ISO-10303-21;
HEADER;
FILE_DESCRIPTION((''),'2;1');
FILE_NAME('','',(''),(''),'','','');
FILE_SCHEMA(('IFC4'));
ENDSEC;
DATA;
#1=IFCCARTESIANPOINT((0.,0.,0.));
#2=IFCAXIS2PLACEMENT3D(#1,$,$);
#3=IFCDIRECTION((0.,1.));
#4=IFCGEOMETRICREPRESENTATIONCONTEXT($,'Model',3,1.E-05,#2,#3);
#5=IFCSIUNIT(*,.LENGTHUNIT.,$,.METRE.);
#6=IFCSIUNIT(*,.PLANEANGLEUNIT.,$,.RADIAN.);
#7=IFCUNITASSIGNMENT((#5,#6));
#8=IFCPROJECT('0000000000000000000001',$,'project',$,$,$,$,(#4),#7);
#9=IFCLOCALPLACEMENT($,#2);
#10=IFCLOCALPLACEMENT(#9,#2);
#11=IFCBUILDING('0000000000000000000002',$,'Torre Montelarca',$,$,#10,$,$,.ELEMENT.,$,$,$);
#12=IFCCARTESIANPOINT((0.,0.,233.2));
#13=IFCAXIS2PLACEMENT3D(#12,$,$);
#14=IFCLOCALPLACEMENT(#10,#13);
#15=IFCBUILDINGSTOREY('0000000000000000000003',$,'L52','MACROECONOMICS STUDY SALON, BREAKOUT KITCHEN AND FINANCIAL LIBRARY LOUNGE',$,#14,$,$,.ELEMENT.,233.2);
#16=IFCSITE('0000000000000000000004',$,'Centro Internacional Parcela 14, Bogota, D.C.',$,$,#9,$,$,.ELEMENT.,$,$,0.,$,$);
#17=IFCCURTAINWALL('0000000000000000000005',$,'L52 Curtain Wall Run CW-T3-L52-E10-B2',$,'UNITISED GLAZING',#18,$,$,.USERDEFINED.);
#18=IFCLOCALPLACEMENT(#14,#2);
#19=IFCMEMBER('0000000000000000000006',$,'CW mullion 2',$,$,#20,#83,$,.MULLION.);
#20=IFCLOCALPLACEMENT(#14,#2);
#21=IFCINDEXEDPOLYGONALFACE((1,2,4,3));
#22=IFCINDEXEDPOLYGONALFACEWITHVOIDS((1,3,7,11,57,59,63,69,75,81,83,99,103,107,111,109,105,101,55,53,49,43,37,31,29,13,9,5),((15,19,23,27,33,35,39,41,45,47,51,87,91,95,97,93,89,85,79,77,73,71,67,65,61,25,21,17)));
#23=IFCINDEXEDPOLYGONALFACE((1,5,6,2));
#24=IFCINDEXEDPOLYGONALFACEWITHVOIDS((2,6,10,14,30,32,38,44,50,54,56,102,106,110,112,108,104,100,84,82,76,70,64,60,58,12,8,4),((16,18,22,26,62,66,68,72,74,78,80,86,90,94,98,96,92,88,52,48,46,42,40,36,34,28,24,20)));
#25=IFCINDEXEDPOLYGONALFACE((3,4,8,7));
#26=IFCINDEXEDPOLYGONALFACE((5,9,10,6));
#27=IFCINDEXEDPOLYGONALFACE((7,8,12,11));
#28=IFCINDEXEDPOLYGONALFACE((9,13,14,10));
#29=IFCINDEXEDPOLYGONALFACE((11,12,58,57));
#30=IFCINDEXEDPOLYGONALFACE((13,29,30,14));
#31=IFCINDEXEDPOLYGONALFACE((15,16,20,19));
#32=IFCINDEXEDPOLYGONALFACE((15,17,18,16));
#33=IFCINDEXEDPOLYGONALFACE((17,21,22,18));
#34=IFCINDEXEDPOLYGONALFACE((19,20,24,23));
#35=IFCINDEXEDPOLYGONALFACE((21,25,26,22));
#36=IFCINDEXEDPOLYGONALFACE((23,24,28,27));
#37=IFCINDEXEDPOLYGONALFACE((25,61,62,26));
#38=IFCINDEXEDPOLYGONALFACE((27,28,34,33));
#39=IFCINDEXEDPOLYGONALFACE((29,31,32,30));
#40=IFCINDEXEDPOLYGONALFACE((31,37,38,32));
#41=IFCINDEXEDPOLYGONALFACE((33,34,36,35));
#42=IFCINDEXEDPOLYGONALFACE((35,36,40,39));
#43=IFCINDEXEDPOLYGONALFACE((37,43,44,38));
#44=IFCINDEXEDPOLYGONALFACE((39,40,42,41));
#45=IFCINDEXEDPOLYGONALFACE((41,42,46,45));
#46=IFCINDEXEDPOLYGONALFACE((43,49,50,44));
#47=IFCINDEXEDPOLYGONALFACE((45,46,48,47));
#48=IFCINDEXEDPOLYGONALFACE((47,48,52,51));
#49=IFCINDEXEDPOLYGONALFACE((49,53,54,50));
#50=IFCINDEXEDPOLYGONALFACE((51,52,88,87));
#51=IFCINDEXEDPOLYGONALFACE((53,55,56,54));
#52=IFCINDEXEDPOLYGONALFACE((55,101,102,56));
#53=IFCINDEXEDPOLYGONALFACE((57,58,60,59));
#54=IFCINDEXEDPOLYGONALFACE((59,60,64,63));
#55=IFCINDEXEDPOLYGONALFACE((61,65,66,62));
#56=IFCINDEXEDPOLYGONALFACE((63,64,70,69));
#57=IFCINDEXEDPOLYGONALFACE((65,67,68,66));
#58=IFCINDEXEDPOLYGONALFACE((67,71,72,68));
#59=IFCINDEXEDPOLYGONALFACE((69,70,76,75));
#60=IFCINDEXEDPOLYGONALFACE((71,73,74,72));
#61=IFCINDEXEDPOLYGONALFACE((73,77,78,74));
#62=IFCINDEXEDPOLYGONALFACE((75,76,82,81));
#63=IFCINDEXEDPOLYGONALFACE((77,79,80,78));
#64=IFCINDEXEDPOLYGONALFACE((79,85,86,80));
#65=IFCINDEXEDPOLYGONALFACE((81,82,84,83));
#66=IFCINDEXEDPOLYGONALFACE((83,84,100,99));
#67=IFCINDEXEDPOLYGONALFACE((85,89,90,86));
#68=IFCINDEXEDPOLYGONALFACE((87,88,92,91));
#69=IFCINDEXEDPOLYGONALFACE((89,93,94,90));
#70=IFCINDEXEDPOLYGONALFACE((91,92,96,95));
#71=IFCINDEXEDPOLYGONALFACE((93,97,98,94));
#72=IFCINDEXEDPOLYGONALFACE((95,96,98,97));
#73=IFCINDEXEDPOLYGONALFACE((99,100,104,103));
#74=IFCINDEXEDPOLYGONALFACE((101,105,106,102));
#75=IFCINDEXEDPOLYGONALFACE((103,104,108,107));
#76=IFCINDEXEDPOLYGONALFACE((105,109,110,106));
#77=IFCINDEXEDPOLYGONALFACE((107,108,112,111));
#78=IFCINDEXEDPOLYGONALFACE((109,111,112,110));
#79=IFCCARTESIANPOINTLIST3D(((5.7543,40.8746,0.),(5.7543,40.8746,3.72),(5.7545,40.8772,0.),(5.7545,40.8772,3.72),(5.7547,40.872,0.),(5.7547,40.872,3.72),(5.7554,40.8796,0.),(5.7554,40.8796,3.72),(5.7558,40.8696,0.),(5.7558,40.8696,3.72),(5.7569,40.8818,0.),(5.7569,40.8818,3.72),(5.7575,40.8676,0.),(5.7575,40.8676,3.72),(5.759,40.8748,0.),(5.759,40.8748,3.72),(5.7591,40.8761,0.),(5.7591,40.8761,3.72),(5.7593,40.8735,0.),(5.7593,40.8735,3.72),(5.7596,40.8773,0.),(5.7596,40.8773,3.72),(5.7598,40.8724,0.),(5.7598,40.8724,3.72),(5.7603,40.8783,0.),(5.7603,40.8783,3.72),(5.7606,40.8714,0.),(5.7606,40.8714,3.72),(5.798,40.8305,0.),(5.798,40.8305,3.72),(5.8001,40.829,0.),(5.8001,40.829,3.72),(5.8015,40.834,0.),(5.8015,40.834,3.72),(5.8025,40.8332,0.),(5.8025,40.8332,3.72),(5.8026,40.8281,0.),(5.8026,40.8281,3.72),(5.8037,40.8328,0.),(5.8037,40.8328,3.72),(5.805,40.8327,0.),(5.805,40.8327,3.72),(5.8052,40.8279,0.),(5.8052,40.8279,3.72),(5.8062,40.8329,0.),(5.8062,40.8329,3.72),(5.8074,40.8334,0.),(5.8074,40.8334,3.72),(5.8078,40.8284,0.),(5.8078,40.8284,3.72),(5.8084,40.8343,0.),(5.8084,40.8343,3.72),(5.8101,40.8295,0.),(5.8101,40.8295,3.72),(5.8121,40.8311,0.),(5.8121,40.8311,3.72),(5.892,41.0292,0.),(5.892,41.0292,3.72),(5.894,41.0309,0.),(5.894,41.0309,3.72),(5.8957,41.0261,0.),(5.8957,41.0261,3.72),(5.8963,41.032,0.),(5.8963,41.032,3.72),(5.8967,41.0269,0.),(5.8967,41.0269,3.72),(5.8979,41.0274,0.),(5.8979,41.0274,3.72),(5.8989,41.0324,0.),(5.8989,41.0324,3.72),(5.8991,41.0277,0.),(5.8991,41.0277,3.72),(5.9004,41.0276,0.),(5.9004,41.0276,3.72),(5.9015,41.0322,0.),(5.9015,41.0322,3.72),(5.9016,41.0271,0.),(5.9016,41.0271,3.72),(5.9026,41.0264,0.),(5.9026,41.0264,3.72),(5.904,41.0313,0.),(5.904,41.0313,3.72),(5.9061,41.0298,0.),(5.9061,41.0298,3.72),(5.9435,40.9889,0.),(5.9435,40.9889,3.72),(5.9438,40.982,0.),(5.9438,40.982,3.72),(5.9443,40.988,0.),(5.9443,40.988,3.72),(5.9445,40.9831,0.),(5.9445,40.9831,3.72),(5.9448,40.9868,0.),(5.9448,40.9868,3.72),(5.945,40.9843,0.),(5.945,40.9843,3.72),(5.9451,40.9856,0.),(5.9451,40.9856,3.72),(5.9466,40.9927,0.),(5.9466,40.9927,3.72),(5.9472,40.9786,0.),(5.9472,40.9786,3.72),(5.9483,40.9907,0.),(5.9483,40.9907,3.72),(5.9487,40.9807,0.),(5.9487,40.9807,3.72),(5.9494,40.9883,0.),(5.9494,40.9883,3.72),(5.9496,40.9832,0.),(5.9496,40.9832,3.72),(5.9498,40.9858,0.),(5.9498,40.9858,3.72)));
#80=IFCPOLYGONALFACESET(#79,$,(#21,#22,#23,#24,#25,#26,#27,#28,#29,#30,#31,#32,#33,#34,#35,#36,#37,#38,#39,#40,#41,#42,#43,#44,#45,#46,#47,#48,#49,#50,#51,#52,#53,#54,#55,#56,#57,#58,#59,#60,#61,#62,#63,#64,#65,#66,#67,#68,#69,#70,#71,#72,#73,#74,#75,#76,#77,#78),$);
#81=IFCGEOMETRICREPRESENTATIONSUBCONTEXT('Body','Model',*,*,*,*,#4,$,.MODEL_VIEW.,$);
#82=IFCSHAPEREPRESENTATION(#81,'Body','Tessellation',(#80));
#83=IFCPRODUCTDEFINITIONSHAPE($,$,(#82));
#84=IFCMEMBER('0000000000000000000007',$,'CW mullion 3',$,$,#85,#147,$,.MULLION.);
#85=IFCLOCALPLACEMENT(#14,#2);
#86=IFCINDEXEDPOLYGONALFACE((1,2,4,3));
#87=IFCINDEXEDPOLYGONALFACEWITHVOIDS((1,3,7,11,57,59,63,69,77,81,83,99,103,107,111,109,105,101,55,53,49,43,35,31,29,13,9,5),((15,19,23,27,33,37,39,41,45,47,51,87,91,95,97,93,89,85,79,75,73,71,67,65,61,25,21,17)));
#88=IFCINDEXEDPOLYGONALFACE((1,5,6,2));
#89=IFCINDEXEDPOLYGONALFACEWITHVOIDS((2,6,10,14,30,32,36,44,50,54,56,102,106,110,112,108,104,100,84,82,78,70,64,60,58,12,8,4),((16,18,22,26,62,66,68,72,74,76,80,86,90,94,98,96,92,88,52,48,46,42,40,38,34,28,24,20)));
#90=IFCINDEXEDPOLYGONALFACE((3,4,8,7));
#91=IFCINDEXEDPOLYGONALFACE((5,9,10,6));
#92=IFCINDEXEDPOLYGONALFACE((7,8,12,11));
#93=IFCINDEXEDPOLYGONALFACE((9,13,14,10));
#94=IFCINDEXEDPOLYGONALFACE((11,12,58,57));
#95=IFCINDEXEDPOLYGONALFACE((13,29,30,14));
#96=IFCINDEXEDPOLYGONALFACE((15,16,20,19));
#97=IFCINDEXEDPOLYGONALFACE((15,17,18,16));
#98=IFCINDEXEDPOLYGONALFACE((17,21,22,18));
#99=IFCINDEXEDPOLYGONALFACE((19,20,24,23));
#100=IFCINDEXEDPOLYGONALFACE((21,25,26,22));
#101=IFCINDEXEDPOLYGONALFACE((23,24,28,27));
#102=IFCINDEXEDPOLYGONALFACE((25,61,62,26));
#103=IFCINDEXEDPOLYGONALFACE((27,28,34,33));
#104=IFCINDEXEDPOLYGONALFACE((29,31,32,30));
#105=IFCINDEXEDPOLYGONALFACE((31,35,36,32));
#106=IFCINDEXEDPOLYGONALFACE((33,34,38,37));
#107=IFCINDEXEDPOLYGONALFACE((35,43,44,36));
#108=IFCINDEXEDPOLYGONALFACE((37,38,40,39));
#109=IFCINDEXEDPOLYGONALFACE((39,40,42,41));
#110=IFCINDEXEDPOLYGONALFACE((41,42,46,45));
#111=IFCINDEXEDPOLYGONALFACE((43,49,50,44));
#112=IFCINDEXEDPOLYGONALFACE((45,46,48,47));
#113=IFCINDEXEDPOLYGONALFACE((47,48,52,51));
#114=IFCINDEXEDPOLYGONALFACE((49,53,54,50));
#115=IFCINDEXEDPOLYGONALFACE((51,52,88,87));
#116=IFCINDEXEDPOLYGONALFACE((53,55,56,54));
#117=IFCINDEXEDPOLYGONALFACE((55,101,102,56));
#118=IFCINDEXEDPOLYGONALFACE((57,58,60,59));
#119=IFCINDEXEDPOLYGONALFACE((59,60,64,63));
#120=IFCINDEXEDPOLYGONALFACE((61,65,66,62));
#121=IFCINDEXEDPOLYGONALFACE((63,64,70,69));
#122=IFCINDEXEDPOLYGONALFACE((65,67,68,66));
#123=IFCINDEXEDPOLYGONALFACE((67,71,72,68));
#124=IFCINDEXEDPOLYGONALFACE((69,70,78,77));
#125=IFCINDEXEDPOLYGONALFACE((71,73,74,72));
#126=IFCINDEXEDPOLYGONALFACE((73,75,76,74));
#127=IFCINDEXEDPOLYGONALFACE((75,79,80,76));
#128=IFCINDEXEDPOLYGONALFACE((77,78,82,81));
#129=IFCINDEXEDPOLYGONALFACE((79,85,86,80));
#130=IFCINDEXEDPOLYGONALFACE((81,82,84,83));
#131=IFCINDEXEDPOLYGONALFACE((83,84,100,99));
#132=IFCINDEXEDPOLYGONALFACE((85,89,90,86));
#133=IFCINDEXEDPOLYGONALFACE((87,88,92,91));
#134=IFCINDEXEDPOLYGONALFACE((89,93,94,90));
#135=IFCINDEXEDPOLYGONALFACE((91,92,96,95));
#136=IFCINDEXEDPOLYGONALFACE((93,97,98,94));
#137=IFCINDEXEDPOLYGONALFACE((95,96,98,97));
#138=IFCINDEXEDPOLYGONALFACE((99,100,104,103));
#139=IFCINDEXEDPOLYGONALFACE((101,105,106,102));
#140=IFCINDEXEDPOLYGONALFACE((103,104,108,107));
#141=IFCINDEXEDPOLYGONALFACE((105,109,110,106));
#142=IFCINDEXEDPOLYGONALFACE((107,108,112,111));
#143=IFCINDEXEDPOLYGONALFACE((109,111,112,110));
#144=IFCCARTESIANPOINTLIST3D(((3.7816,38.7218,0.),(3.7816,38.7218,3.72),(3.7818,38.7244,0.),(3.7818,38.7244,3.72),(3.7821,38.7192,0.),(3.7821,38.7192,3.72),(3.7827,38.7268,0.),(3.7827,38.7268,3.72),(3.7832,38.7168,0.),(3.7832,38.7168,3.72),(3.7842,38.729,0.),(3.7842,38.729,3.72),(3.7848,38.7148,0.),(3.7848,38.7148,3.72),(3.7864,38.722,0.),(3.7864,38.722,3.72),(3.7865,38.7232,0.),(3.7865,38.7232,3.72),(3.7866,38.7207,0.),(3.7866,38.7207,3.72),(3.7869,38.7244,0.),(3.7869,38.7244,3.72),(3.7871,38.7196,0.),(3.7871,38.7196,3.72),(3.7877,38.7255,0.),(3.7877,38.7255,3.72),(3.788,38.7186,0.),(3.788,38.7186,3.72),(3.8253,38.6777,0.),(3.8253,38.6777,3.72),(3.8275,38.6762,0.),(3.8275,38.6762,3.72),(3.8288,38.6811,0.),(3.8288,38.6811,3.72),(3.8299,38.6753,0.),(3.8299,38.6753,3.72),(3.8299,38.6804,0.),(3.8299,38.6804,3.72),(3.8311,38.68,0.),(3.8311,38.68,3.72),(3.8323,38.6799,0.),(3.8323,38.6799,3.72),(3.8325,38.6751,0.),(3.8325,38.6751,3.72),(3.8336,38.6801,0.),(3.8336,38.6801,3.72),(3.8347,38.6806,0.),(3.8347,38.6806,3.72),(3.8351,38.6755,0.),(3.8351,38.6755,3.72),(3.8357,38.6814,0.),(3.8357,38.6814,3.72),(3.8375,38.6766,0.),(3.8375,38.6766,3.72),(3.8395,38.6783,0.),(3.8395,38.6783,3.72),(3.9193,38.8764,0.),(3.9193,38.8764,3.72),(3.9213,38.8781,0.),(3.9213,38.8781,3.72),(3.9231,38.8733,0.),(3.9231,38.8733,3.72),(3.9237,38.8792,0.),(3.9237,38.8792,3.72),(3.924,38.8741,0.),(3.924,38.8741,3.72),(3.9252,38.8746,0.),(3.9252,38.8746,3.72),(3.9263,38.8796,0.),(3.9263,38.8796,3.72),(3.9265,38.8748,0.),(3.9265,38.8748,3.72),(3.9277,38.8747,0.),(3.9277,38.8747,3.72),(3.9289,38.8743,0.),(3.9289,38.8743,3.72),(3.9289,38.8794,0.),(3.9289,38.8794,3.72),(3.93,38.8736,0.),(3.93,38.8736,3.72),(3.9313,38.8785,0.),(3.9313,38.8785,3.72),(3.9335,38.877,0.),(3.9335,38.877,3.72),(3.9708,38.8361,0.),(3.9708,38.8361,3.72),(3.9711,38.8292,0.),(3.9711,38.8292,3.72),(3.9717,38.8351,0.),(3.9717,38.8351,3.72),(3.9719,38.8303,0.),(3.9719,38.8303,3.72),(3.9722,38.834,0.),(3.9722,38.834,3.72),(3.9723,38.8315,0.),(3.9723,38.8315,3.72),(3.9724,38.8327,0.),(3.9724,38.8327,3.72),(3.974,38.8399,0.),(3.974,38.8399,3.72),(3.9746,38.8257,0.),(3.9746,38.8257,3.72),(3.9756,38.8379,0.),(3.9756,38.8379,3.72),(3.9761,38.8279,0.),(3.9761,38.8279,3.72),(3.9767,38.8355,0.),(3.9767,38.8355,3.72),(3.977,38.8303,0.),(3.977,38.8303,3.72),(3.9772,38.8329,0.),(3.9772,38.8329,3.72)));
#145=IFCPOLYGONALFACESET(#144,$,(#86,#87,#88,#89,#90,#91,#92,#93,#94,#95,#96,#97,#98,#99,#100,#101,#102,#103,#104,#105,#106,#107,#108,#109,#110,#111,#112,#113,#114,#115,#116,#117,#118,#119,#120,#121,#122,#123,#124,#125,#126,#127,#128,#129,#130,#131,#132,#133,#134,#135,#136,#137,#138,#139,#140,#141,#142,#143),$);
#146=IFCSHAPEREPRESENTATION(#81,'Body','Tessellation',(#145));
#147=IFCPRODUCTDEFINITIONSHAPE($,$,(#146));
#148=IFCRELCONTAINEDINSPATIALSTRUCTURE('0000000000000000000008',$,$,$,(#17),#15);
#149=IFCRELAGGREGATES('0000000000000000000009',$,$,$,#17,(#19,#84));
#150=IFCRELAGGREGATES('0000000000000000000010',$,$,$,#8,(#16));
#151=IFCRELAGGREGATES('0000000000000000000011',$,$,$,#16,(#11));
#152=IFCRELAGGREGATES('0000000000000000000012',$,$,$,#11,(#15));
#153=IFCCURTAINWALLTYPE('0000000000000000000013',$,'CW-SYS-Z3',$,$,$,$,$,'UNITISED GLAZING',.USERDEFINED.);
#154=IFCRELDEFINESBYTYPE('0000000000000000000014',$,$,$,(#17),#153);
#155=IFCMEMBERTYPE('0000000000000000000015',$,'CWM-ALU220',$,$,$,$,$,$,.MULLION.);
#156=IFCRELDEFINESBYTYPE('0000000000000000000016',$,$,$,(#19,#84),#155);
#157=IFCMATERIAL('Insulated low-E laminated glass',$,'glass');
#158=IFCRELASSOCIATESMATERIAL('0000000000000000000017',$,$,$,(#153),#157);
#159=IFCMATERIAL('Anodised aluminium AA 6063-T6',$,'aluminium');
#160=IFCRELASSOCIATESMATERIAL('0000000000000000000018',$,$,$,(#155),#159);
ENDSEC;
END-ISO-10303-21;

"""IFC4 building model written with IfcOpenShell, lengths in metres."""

from ifc_helpers import new_model, si_unit, direction, frame, origin, origin_2d, place, context, subcontext, project, spatial, hollow_rectangle, extrude, source, transform, mapped, material, material_profile, profile_set, type_object, element, aggregate, save


model = new_model("IFC4")

# Units and contexts
model_context = context("Model", 3, precision=1e-05, world=origin(), true_north=direction((0.0, 1.0)))
body_context = subcontext(model_context, "Body", "Model", "MODEL_VIEW")
ifc_project = project(units=[si_unit("LENGTHUNIT", "METRE"), si_unit("PLANEANGLEUNIT", "RADIAN")], contexts=[model_context])

# Site, building, storey
site_placement = place(None, origin())
site = spatial("IfcSite", under=ifc_project, at=site_placement, Name="Centro Internacional Parcela 14, Bogota, D.C.", CompositionType="ELEMENT", RefElevation=0.0)
building_placement = place(site_placement, origin())
building = spatial("IfcBuilding", under=site, at=building_placement, Name="Torre Montelarca", CompositionType="ELEMENT")
storey_placement = place(building_placement, frame((0.0, 0.0, 233.2)))
storey = spatial("IfcBuildingStorey", under=building, at=storey_placement, Name="L52", Description="MACROECONOMICS STUDY SALON, BREAKOUT KITCHEN AND FINANCIAL LIBRARY LOUNGE", CompositionType="ELEMENT", Elevation=233.2)

# Shared definitions
ifc_material_1 = material(Name="Insulated low-E laminated glass", Category="glass")
curtain_wall_type = type_object("IfcCurtainWallType", Name="CW-SYS-Z3", ElementType="UNITISED GLAZING", PredefinedType="USERDEFINED", material=ifc_material_1)
ifc_material_2 = material(Name="Anodised aluminium AA 6063-T6", Category="aluminium")
ifc_material_profile_1 = material_profile(ifc_material_2, hollow_rectangle(XDim=0.075, YDim=0.22, WallThickness=0.0049, InnerFilletRadius=0.0049, OuterFilletRadius=0.01, at=origin_2d()), Name="ALU75X220X5", Category="aluminium")
ifc_profile_set_1 = profile_set([ifc_material_profile_1], Name="Anodised aluminium AA 6063-T6")
member_type_1 = type_object("IfcMemberType", Name="CWM-ALU220", PredefinedType="MULLION", material=ifc_profile_set_1)
shared_shape_1 = source(origin(), body_context, "Body", "SweptSolid", [
    extrude(hollow_rectangle(XDim=0.075, YDim=0.22, WallThickness=0.0049, InnerFilletRadius=0.0049, OuterFilletRadius=0.01, at=origin_2d()), origin(), (0.0, 0.0, 1.0), 3.72),
])

# Curtain wall, members
curtain_wall_1_placement = place(storey_placement, origin())
curtain_wall_1 = element("IfcCurtainWall", 1, at=curtain_wall_1_placement, inside=storey, type_object=curtain_wall_type, Name="L52 Curtain Wall Run CW-T3-L52-E10-B2", ObjectType="UNITISED GLAZING", PredefinedType="USERDEFINED")
member_1_placement = place(storey_placement, frame((5.8521, 40.9302, 0.0), z_axis=(0.0, 0.0, 1.0), x_axis=(0.737271, -0.675597, 0.0)))
member_1 = element("IfcMember", 2, at=member_1_placement, type_object=member_type_1, Name="CW mullion 2", PredefinedType="MULLION", context=body_context, shape_type="MappedRepresentation", body=[
    mapped(shared_shape_1, transform((0.0, 0.0, 0.0), scale=1.0)),
])
member_2_placement = place(storey_placement, frame((3.8794, 38.7773, 0.0), z_axis=(0.0, 0.0, 1.0), x_axis=(0.737271, -0.675597, 0.0)))
member_2 = element("IfcMember", 3, at=member_2_placement, type_object=member_type_1, Name="CW mullion 3", PredefinedType="MULLION", context=body_context, shape_type="MappedRepresentation", body=[
    mapped(shared_shape_1, transform((0.0, 0.0, 0.0), scale=1.0)),
])

aggregate(curtain_wall_1, [member_1, member_2])

save(model, "model.ifc")
